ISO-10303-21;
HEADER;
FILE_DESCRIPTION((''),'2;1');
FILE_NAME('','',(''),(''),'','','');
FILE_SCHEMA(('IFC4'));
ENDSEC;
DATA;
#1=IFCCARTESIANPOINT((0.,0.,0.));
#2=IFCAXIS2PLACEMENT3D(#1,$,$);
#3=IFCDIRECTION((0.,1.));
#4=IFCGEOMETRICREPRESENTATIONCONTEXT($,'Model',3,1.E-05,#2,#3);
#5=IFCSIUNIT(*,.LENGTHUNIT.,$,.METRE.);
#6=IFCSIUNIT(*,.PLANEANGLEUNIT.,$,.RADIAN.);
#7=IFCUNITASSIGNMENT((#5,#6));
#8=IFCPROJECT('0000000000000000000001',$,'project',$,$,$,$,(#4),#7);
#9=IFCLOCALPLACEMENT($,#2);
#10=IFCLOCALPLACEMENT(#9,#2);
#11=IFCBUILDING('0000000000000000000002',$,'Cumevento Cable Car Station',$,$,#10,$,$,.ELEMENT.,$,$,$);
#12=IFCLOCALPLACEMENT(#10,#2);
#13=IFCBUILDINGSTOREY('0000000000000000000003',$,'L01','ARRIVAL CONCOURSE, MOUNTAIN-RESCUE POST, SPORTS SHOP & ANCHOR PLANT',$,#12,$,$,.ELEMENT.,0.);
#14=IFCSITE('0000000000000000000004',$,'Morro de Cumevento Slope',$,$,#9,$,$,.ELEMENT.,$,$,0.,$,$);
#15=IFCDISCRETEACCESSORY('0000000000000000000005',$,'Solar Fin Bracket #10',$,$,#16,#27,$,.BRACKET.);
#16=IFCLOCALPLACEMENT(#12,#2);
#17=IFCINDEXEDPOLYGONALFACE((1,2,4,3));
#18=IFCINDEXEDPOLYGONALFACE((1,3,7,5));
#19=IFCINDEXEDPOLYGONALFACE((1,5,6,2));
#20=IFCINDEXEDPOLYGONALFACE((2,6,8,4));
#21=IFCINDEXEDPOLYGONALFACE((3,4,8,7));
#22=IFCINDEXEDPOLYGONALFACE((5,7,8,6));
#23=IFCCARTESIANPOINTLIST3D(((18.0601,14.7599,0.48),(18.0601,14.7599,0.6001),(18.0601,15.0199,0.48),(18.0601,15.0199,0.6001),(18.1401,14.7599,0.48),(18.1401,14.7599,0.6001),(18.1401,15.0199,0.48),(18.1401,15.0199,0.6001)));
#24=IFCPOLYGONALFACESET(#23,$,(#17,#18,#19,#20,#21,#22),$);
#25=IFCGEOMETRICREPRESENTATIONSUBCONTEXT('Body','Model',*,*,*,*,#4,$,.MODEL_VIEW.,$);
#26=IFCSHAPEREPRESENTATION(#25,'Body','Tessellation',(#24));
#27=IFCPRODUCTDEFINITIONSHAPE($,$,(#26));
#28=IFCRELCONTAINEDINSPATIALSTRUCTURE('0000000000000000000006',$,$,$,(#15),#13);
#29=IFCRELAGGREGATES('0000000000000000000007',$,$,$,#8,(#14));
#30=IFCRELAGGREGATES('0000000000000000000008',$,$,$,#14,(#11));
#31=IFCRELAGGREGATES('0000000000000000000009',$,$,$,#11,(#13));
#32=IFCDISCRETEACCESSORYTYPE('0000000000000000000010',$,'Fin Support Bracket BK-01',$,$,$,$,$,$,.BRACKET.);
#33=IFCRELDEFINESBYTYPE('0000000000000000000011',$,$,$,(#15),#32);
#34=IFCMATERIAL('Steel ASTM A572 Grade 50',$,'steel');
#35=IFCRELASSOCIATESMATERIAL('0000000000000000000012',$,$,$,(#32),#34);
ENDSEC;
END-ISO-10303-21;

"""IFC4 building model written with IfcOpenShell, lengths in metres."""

from ifc_helpers import new_model, si_unit, direction, frame, origin, origin_2d, place, context, subcontext, project, spatial, rectangle, extrude, material, type_object, element, save


model = new_model("IFC4")

# Units and contexts
model_context = context("Model", 3, precision=1e-05, world=origin(), true_north=direction((0.0, 1.0)))
body_context = subcontext(model_context, "Body", "Model", "MODEL_VIEW")
ifc_project = project(units=[si_unit("LENGTHUNIT", "METRE"), si_unit("PLANEANGLEUNIT", "RADIAN")], contexts=[model_context])

# Site, building, storey
site_placement = place(None, origin())
site = spatial("IfcSite", under=ifc_project, at=site_placement, Name="Morro de Cumevento Slope", CompositionType="ELEMENT", RefElevation=0.0)
building_placement = place(site_placement, origin())
building = spatial("IfcBuilding", under=site, at=building_placement, Name="Cumevento Cable Car Station", CompositionType="ELEMENT")
storey_placement = place(building_placement, origin())
storey = spatial("IfcBuildingStorey", under=building, at=storey_placement, Name="L01", Description="ARRIVAL CONCOURSE, MOUNTAIN-RESCUE POST, SPORTS SHOP & ANCHOR PLANT", CompositionType="ELEMENT", Elevation=0.0)

# Discrete accessory
ifc_material_1 = material(Name="Steel ASTM A572 Grade 50", Category="steel")
discrete_accessory_type = type_object("IfcDiscreteAccessoryType", Name="Fin Support Bracket BK-01", PredefinedType="BRACKET", material=ifc_material_1)
discrete_accessory_placement = place(storey_placement, frame((18.1001, 14.8899, 0.48), z_axis=(0.0, 0.0, 1.0), x_axis=(-1.0, 0.0, 0.0)))
element("IfcDiscreteAccessory", 1, at=discrete_accessory_placement, inside=storey, type_object=discrete_accessory_type, Name="Solar Fin Bracket #10", PredefinedType="BRACKET", context=body_context, shape_type="SweptSolid", body=[
    extrude(rectangle(XDim=0.0801, YDim=0.26, at=origin_2d()), origin(), (0.0, 0.0, 1.0), 0.1201),
])

save(model, "model.ifc")
